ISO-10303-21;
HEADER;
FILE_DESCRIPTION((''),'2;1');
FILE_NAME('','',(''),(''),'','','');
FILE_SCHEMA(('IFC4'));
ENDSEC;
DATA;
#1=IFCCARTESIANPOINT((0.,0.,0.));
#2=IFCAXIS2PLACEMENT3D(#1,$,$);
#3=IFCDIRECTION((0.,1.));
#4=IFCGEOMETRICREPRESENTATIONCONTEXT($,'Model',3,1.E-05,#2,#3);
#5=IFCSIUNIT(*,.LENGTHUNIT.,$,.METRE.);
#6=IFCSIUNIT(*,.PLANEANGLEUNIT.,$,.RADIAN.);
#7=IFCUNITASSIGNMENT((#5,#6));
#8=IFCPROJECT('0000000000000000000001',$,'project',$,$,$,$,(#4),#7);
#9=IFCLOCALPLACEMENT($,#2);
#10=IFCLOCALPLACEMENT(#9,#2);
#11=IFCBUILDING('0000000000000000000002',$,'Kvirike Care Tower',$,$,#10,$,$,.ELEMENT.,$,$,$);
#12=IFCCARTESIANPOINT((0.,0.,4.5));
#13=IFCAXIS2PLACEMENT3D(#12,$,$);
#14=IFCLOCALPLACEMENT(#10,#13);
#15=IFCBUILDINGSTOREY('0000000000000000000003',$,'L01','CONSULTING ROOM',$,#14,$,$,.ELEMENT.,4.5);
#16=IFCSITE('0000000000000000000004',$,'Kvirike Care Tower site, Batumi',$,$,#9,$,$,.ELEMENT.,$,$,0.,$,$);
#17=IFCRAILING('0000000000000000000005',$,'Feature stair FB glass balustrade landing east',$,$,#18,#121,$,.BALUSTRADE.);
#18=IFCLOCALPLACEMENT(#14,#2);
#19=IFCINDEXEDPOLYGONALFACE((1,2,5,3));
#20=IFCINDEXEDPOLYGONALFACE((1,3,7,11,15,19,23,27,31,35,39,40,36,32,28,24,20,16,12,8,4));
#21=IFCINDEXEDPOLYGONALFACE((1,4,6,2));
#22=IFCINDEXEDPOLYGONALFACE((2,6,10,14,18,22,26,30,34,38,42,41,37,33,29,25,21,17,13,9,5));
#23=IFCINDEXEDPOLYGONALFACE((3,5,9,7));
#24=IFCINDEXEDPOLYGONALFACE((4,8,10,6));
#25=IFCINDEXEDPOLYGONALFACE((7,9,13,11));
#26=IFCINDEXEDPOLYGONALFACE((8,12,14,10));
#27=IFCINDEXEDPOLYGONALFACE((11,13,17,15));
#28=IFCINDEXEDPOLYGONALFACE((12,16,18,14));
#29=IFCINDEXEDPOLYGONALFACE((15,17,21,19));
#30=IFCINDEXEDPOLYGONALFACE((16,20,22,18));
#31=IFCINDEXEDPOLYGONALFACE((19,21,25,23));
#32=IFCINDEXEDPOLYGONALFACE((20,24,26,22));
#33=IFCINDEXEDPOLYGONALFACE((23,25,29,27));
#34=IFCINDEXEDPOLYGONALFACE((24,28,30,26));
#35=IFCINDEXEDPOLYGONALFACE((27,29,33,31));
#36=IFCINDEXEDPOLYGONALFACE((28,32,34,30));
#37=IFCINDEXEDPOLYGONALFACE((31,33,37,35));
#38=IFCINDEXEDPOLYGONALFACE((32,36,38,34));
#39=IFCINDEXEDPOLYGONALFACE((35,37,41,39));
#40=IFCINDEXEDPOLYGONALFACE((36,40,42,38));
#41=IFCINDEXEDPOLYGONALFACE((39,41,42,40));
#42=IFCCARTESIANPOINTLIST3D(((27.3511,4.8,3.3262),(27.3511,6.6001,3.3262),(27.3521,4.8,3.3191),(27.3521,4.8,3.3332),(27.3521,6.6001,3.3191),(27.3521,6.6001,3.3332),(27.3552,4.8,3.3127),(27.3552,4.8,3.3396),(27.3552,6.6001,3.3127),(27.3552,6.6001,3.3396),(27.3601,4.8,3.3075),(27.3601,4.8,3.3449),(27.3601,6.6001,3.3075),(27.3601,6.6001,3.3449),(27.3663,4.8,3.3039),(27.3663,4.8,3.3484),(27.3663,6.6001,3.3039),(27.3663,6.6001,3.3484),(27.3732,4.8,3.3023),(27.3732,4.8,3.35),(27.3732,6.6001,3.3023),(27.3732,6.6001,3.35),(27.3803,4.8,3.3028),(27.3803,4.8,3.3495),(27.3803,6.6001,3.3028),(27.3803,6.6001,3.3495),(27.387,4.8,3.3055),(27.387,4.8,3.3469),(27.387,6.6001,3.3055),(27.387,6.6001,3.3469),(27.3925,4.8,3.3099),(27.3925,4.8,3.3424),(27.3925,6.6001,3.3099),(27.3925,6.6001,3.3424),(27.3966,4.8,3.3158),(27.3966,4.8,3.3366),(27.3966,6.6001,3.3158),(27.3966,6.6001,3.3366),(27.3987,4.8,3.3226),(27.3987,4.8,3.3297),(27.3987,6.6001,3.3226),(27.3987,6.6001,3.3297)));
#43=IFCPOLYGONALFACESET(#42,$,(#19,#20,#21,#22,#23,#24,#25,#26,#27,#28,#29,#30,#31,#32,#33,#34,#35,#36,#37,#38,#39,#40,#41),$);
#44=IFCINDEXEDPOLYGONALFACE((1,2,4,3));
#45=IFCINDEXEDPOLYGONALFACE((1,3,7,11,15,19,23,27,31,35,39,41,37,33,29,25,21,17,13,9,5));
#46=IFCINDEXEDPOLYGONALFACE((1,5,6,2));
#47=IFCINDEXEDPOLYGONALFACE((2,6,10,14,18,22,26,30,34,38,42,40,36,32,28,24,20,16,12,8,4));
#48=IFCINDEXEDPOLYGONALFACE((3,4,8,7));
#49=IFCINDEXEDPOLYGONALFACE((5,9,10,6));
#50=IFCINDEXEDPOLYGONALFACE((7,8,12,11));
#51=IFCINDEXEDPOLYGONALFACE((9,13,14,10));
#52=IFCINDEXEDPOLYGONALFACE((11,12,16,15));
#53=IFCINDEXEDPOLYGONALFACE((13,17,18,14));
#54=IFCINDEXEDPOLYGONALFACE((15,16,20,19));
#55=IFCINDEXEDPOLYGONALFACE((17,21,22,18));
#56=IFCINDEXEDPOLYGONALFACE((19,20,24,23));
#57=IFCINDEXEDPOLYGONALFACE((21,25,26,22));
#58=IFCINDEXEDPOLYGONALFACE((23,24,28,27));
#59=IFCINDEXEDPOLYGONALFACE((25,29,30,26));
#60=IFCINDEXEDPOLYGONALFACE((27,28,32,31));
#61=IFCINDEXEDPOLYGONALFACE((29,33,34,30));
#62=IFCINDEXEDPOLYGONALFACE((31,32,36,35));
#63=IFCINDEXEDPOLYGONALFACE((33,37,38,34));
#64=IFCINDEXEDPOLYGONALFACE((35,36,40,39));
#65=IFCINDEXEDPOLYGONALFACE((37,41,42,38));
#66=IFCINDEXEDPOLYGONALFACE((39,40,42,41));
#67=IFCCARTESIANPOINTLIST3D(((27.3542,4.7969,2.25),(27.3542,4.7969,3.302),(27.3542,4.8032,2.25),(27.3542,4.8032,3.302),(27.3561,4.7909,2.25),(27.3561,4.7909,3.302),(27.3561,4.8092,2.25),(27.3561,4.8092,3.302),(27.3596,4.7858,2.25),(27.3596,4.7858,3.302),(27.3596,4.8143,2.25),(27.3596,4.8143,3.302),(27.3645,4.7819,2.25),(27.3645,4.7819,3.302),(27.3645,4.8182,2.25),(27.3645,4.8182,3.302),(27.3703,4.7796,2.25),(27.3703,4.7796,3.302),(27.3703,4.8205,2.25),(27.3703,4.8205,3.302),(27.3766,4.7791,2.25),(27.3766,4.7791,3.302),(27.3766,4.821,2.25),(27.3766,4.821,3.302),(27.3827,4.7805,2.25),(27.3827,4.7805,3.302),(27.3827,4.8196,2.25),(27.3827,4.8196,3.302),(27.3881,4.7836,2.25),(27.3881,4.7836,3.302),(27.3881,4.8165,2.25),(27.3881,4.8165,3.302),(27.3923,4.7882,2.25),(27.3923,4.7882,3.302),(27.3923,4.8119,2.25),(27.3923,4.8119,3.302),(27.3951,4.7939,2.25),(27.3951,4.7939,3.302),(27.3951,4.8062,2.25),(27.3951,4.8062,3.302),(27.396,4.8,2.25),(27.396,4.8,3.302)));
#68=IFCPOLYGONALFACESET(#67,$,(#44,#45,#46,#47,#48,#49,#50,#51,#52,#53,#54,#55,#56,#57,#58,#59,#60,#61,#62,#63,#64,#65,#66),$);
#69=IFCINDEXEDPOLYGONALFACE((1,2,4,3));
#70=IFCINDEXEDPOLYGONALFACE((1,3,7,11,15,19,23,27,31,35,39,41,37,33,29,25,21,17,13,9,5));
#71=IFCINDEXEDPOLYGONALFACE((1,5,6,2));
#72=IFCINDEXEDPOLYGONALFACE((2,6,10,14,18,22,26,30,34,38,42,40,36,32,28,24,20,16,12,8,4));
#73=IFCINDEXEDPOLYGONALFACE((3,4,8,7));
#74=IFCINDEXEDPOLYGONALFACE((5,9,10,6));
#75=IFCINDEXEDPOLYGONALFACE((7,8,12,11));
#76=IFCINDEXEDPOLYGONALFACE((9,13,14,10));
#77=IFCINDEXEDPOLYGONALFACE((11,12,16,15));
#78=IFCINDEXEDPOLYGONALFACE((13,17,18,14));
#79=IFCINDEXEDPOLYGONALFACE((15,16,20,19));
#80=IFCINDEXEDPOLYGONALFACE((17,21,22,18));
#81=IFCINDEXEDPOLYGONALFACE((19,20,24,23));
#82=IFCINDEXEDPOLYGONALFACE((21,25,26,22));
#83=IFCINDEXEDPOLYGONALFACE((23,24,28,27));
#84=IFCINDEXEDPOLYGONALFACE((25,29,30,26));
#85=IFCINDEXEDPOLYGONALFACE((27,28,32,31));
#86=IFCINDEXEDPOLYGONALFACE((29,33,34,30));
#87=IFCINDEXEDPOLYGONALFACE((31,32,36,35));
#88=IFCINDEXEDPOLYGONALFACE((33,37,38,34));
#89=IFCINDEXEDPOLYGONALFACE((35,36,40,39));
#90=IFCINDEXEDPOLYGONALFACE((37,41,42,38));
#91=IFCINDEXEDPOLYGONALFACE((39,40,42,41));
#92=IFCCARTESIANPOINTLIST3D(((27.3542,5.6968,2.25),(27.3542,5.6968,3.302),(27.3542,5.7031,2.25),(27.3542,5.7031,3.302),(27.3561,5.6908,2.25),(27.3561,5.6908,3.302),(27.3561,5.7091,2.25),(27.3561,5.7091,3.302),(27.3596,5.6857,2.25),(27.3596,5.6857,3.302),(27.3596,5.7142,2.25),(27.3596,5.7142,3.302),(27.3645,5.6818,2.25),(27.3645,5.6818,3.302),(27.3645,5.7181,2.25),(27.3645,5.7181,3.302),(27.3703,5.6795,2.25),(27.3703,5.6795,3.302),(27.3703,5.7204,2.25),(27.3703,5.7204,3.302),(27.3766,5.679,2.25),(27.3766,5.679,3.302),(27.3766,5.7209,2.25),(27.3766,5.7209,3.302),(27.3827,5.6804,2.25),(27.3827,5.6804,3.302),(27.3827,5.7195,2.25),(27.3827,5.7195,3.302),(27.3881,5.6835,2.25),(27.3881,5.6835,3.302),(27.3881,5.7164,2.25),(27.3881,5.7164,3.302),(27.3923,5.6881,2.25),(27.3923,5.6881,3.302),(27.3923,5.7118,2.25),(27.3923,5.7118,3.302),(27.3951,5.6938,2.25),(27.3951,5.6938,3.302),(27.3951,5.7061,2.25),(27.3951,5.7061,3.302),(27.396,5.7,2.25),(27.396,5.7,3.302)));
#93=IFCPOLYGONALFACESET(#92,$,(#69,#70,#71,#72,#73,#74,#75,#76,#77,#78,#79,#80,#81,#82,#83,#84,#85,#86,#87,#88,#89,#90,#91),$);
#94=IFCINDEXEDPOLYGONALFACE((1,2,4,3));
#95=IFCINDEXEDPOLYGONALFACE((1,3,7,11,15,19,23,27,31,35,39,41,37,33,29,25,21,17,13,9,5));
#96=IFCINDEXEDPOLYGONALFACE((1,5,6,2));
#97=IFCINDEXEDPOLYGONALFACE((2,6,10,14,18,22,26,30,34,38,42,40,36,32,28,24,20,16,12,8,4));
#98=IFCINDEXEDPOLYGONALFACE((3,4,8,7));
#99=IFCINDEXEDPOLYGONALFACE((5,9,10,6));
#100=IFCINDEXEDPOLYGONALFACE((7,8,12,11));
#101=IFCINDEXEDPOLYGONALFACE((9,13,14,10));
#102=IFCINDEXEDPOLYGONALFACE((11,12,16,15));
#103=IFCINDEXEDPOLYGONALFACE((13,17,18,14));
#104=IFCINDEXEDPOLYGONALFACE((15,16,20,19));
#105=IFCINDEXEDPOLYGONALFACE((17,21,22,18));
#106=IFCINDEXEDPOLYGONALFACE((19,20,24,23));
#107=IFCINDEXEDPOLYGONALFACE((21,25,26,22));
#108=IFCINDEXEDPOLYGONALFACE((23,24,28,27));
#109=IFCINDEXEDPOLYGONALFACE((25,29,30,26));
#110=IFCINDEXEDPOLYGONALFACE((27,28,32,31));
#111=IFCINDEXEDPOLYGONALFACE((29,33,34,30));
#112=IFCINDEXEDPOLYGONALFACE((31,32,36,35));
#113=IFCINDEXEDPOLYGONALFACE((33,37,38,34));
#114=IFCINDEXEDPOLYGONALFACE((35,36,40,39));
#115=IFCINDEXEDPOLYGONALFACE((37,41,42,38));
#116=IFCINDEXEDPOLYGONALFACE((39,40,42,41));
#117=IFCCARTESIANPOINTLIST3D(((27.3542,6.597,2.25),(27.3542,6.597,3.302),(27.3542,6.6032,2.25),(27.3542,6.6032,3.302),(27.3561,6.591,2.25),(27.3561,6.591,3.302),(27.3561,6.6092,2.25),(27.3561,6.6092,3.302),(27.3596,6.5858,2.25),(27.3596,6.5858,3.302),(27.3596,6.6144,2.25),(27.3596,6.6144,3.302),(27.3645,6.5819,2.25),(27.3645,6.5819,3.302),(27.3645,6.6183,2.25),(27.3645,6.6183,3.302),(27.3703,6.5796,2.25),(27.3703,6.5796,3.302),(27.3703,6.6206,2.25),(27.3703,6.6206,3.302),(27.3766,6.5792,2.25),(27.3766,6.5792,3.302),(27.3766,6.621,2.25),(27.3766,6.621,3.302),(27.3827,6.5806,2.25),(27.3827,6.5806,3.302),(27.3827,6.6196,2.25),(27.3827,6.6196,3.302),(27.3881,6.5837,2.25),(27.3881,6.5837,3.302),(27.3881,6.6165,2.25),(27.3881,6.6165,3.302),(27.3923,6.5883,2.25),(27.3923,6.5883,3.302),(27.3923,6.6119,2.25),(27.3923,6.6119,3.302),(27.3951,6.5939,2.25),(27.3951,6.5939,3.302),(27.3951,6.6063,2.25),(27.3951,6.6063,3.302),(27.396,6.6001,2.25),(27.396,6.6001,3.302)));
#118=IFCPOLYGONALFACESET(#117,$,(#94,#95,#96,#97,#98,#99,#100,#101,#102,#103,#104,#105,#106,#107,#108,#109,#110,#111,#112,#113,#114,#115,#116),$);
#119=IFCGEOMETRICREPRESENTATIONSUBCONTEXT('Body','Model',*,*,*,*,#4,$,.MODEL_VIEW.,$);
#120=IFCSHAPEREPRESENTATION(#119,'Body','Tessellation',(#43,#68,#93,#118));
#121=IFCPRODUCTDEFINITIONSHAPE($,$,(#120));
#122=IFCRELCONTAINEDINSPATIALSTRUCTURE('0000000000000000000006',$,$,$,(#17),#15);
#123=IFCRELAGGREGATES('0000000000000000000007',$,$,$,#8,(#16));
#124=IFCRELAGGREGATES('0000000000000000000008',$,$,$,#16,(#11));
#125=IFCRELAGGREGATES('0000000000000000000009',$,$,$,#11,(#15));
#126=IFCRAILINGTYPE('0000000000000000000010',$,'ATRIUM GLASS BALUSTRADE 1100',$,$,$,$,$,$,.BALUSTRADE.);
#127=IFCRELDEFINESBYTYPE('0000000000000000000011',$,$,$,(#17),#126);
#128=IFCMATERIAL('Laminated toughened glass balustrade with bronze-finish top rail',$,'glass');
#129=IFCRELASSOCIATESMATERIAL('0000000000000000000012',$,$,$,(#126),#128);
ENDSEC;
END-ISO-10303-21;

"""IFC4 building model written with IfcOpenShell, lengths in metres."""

from ifc_helpers import new_model, si_unit, direction, frame, origin, origin_2d, place, context, subcontext, project, spatial, circle, extrude, material, type_object, element, save


model = new_model("IFC4")

# Units and contexts
model_context = context("Model", 3, precision=1e-05, world=origin(), true_north=direction((0.0, 1.0)))
body_context = subcontext(model_context, "Body", "Model", "MODEL_VIEW")
ifc_project = project(units=[si_unit("LENGTHUNIT", "METRE"), si_unit("PLANEANGLEUNIT", "RADIAN")], contexts=[model_context])

# Site, building, storey
site_placement = place(None, origin())
site = spatial("IfcSite", under=ifc_project, at=site_placement, Name="Kvirike Care Tower site, Batumi", CompositionType="ELEMENT", RefElevation=0.0)
building_placement = place(site_placement, origin())
building = spatial("IfcBuilding", under=site, at=building_placement, Name="Kvirike Care Tower", CompositionType="ELEMENT")
storey_placement = place(building_placement, frame((0.0, 0.0, 4.5)))
storey = spatial("IfcBuildingStorey", under=building, at=storey_placement, Name="L01", Description="CONSULTING ROOM", CompositionType="ELEMENT", Elevation=4.5)

# Railing
ifc_material_1 = material(Name="Laminated toughened glass balustrade with bronze-finish top rail", Category="glass")
railing_type_1 = type_object("IfcRailingType", Name="ATRIUM GLASS BALUSTRADE 1100", PredefinedType="BALUSTRADE", material=ifc_material_1)
railing_1_placement = place(storey_placement, frame((27.375, 4.8, 2.25)))
element("IfcRailing", 1, at=railing_1_placement, inside=storey, type_object=railing_type_1, Name="Feature stair FB glass balustrade landing east", PredefinedType="BALUSTRADE", context=body_context, shape_type="SweptSolid", body=[
    extrude(circle(Radius=0.0239, at=origin_2d()), frame((0.0, 0.0, 1.0762), z_axis=(0.0, 1.0, 0.0), x_axis=(-1.0, 0.0, 0.0)), (0.0, 0.0, 1.0), 1.8),
    extrude(circle(Radius=0.021, at=origin_2d()), origin(), (0.0, 0.0, 1.0), 1.052),
    extrude(circle(Radius=0.021, at=origin_2d()), frame((0.0, 0.8999, 0.0)), (0.0, 0.0, 1.0), 1.052),
    extrude(circle(Radius=0.021, at=origin_2d()), frame((0.0, 1.8, 0.0)), (0.0, 0.0, 1.0), 1.052),
])

save(model, "model.ifc")
